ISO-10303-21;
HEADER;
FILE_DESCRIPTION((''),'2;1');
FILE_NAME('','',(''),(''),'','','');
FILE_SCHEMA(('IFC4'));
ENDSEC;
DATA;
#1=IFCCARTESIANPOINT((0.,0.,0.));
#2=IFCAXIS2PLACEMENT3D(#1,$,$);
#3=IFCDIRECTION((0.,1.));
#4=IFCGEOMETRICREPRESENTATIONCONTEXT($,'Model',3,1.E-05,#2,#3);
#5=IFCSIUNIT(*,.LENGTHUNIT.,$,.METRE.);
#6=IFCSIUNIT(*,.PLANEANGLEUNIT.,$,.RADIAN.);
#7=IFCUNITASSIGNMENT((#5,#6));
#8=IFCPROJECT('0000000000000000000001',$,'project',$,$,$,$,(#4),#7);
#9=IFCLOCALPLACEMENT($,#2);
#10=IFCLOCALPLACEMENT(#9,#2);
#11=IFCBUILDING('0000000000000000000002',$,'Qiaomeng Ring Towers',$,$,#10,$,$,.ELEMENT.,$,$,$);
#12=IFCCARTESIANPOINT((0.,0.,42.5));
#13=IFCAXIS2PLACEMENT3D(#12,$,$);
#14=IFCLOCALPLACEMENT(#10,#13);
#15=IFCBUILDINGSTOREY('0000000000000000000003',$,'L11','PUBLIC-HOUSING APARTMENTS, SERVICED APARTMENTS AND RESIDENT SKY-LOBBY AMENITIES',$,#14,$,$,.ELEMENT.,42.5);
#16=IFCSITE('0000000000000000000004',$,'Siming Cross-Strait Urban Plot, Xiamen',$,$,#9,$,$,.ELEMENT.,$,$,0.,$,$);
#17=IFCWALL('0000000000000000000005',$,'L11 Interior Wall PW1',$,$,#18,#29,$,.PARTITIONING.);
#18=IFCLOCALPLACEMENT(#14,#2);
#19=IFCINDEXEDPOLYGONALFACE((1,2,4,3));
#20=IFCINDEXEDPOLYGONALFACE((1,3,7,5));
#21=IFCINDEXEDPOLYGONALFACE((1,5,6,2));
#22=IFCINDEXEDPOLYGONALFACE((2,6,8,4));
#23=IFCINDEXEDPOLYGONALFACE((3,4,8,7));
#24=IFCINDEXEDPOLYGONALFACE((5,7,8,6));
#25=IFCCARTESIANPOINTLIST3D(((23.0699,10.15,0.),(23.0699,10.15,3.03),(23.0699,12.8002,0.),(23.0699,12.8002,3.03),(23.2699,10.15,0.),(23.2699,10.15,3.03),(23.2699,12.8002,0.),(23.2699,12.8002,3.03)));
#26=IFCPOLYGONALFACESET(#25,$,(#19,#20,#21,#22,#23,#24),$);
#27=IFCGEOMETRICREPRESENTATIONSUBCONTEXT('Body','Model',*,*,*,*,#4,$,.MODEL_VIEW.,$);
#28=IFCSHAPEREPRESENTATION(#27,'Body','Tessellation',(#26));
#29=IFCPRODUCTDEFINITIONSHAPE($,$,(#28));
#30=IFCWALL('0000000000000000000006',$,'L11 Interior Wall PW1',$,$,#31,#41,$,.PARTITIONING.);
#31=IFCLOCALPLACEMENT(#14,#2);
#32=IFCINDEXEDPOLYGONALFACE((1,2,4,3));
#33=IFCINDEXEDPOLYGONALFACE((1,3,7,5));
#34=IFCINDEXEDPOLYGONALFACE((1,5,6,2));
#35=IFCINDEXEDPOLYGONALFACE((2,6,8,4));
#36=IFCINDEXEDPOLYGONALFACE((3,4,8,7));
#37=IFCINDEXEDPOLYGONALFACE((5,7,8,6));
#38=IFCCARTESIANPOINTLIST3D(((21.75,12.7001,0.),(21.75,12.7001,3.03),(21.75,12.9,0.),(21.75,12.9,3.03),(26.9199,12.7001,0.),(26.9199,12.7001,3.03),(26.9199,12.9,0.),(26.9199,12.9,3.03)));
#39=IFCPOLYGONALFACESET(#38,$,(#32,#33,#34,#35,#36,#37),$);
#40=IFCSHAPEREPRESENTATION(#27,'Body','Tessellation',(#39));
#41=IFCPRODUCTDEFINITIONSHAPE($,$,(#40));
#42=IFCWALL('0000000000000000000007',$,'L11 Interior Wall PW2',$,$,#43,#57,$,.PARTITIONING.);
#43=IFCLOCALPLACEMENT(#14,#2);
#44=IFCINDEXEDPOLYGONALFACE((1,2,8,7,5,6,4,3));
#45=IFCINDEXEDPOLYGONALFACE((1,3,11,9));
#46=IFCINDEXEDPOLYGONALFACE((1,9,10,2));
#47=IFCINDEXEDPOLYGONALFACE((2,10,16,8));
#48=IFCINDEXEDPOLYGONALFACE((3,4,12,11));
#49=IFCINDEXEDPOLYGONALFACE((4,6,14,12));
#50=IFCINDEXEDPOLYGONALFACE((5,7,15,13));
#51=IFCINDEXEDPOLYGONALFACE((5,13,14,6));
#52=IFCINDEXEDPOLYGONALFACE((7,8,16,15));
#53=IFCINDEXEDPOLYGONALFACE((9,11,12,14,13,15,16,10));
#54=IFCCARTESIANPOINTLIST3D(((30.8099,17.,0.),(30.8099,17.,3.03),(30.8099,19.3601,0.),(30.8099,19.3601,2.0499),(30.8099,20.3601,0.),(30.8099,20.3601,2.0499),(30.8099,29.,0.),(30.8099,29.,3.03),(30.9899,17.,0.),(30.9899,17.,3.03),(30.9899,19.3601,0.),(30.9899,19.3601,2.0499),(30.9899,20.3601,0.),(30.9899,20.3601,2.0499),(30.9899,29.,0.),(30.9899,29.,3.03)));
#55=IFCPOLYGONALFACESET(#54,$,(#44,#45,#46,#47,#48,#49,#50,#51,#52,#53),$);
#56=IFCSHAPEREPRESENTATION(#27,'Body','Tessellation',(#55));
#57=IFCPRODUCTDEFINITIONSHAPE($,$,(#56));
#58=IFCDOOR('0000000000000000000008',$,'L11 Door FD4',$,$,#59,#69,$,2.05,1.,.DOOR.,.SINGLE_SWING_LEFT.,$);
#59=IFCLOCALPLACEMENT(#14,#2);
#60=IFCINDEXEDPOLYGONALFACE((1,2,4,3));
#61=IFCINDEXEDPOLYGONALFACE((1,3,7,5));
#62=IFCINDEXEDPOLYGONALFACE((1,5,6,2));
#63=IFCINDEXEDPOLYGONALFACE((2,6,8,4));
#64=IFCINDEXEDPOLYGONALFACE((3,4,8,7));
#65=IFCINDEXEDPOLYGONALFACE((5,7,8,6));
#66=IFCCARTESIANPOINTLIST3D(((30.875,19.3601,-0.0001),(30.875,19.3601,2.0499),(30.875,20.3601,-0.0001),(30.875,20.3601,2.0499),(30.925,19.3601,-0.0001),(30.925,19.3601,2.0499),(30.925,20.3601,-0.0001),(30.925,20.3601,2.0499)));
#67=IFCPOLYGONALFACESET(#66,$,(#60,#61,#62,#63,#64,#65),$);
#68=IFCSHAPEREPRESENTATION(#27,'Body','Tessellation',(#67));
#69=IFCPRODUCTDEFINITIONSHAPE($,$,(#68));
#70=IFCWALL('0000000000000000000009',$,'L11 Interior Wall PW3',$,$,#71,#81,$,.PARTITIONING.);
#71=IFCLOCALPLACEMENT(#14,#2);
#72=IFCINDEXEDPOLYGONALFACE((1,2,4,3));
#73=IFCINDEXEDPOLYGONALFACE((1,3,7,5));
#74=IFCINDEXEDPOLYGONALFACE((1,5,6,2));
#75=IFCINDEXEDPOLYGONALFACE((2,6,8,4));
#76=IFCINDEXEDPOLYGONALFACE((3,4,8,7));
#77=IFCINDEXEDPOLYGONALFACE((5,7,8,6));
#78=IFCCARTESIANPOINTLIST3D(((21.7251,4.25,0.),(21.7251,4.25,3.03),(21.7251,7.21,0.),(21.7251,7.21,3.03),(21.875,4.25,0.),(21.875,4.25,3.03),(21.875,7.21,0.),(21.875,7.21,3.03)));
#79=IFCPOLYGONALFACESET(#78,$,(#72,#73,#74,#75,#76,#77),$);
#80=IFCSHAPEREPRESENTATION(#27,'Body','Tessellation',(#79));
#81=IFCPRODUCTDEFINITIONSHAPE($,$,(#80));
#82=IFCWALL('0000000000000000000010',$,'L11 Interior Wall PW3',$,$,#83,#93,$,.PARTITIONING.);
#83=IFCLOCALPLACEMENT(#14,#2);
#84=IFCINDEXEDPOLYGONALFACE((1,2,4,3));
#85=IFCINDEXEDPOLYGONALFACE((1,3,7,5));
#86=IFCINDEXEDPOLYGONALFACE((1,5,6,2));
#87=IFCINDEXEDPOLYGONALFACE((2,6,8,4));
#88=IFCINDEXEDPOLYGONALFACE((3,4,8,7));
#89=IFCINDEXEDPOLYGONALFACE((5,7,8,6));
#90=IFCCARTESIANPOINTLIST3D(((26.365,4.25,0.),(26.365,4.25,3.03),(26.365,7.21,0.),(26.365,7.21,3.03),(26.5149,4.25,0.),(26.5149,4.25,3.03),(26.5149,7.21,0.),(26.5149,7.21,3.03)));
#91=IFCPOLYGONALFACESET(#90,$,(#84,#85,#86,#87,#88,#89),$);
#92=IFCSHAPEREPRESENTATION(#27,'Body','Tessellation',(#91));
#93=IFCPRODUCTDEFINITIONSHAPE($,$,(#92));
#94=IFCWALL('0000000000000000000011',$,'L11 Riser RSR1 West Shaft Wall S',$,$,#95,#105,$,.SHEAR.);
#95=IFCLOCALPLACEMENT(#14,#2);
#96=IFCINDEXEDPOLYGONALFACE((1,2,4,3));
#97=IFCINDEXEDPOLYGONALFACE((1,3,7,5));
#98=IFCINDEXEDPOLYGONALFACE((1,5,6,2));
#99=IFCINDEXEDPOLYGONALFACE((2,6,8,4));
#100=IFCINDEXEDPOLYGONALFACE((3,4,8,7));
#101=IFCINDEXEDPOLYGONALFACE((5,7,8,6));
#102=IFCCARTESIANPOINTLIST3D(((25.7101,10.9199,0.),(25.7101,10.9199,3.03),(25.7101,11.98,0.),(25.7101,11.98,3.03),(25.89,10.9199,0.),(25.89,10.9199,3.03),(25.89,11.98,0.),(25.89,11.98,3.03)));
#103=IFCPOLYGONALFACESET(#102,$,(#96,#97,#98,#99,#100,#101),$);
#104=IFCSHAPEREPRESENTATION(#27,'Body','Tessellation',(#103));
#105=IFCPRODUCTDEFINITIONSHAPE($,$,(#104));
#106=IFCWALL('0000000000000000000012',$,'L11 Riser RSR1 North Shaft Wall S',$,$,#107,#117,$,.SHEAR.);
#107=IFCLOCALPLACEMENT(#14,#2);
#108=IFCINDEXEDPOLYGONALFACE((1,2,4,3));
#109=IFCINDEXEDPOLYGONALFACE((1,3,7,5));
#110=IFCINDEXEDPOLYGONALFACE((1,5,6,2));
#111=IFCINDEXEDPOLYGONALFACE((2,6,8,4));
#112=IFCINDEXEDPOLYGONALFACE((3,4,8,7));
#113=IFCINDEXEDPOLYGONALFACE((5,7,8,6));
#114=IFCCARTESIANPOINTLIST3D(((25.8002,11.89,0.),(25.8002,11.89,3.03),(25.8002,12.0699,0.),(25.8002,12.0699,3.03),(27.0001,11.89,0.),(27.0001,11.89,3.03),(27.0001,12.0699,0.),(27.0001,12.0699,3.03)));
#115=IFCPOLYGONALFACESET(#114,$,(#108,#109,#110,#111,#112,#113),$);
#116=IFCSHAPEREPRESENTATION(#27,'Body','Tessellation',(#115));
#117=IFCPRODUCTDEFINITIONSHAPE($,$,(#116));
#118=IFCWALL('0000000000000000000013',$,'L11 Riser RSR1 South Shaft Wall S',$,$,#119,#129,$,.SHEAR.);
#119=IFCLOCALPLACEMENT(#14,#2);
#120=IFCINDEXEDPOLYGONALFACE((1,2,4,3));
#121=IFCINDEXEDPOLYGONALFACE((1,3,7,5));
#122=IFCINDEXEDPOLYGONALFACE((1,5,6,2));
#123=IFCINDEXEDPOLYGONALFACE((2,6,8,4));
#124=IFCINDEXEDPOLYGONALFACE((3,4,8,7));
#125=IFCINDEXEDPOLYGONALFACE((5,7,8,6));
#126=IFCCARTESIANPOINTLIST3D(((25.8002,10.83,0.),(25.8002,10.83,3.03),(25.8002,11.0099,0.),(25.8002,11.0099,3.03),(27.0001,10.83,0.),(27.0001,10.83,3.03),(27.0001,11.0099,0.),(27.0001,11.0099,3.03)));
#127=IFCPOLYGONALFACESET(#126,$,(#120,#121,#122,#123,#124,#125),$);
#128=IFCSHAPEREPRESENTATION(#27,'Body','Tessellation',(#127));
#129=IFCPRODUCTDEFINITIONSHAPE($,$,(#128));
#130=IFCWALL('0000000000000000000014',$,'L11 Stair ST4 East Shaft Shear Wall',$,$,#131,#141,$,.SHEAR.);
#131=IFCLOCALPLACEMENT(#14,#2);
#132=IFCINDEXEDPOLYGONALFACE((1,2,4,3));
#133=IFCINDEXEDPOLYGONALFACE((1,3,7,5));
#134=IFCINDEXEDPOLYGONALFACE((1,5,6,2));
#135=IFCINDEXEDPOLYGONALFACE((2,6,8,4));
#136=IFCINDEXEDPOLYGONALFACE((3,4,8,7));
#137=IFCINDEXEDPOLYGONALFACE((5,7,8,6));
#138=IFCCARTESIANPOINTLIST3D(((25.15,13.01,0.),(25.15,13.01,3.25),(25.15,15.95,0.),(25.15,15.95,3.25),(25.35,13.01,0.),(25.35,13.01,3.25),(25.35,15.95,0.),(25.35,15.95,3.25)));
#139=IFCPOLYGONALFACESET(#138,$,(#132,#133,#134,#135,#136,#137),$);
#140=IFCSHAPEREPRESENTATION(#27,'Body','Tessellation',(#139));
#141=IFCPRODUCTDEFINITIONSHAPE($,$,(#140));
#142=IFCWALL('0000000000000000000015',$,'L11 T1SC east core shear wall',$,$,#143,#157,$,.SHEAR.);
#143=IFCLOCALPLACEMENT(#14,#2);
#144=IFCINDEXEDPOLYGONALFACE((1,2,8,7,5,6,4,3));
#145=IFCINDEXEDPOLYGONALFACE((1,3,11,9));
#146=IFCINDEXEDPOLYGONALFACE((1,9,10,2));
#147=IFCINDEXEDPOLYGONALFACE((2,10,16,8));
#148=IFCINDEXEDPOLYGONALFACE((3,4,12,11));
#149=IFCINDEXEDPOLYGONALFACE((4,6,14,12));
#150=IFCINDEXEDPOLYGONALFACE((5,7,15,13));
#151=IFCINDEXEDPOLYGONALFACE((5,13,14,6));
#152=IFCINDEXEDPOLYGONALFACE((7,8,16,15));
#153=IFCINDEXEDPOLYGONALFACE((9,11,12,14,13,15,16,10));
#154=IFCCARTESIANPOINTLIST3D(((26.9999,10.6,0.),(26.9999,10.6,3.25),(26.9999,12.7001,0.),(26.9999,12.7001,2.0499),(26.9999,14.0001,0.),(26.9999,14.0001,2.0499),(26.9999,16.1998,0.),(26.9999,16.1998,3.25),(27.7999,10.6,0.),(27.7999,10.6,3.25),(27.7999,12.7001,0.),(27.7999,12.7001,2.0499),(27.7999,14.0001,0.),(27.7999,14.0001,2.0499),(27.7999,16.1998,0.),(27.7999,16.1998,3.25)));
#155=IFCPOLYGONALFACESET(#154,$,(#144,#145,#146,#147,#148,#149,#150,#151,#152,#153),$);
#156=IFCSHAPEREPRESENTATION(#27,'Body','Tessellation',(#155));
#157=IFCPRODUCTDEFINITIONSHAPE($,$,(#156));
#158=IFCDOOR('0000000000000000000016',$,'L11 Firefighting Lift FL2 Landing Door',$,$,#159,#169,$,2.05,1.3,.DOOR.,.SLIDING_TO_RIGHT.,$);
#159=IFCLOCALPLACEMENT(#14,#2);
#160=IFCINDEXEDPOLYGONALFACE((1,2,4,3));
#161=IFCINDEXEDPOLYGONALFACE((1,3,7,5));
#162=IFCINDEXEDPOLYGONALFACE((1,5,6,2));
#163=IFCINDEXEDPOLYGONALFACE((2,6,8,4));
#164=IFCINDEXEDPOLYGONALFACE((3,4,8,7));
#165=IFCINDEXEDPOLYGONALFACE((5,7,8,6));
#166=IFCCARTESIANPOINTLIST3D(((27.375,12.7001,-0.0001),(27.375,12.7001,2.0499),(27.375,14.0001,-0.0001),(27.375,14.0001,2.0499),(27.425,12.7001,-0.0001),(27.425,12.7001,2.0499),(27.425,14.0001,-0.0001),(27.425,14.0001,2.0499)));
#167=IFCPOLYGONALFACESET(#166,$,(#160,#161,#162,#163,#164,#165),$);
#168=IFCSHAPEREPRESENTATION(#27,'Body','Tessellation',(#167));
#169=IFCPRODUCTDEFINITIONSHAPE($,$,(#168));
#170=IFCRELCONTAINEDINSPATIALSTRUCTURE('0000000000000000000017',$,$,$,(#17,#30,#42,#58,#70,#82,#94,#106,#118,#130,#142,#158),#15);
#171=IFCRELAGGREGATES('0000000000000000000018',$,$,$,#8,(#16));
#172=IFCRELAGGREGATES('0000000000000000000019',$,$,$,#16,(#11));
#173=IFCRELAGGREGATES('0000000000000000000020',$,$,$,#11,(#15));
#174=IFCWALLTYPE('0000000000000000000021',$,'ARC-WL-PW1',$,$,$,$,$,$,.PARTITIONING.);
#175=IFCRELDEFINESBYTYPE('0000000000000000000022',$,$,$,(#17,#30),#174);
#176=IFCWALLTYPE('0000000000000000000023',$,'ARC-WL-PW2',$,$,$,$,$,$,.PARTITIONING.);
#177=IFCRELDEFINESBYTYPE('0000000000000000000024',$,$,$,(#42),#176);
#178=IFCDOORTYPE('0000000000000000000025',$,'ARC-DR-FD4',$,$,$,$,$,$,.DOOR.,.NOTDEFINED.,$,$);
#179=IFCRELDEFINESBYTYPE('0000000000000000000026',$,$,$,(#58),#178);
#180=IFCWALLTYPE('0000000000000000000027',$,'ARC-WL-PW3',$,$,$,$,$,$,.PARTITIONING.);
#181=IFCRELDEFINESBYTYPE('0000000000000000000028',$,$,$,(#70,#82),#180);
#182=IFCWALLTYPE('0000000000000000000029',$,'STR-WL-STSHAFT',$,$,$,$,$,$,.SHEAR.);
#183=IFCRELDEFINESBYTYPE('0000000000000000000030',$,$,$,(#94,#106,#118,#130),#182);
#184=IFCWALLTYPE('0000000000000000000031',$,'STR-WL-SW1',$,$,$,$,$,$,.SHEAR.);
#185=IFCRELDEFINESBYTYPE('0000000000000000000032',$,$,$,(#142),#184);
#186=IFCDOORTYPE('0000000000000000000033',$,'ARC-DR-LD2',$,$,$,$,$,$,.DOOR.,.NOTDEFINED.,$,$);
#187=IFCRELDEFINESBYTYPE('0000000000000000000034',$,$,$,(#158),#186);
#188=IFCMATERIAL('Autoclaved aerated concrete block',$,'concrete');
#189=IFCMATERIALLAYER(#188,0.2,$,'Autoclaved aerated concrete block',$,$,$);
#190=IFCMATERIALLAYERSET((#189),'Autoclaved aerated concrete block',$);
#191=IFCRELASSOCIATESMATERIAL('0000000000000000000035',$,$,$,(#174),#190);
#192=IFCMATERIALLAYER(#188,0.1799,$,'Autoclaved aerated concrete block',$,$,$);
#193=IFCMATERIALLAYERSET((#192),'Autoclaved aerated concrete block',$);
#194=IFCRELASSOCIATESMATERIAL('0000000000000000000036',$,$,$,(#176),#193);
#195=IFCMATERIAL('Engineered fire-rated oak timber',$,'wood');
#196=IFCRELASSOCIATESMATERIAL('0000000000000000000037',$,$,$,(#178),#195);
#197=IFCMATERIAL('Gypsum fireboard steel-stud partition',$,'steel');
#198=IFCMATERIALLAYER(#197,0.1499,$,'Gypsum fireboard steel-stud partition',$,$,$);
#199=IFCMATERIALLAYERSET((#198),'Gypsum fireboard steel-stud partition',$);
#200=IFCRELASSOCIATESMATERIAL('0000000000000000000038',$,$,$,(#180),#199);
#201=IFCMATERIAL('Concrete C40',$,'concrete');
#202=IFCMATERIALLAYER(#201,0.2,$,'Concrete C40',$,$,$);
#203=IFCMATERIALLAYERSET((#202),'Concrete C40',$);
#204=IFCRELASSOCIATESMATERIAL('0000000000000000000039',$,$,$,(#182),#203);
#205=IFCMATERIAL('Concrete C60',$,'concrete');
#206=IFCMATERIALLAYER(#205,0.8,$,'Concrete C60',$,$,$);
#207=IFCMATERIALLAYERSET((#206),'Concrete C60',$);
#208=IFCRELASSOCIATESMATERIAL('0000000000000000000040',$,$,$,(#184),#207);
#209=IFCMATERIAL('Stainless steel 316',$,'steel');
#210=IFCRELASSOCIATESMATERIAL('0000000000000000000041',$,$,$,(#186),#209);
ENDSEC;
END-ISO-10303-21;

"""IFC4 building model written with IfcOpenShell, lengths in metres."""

from ifc_helpers import new_model, si_unit, direction, frame, frame_2d, origin, place, context, subcontext, project, spatial, rectangle, extrude, source, transform, mapped, material, layer, layer_set, type_object, element, fill, save


model = new_model("IFC4")

# Units and contexts
model_context = context("Model", 3, precision=1e-05, world=origin(), true_north=direction((0.0, 1.0)))
body_context = subcontext(model_context, "Body", "Model", "MODEL_VIEW")
ifc_project = project(units=[si_unit("LENGTHUNIT", "METRE"), si_unit("PLANEANGLEUNIT", "RADIAN")], contexts=[model_context])

# Site, building, storey
site_placement = place(None, origin())
site = spatial("IfcSite", under=ifc_project, at=site_placement, Name="Siming Cross-Strait Urban Plot, Xiamen", CompositionType="ELEMENT", RefElevation=0.0)
building_placement = place(site_placement, origin())
building = spatial("IfcBuilding", under=site, at=building_placement, Name="Qiaomeng Ring Towers", CompositionType="ELEMENT")
storey_placement = place(building_placement, frame((0.0, 0.0, 42.5)))
storey = spatial("IfcBuildingStorey", under=building, at=storey_placement, Name="L11", Description="PUBLIC-HOUSING APARTMENTS, SERVICED APARTMENTS AND RESIDENT SKY-LOBBY AMENITIES", CompositionType="ELEMENT", Elevation=42.5)

# Shared definitions
ifc_material_1 = material(Name="Autoclaved aerated concrete block", Category="concrete")
ifc_layer_1 = layer(ifc_material_1, 0.2, Name="Autoclaved aerated concrete block")
ifc_layer_set_1 = layer_set([ifc_layer_1], Name="Autoclaved aerated concrete block")
wall_type_1 = type_object("IfcWallType", Name="ARC-WL-PW1", PredefinedType="PARTITIONING", material=ifc_layer_set_1)

# Walls
wall_1_placement = place(storey_placement, frame((23.1699, 10.1499, 0.0), z_axis=(0.0, 0.0, 1.0), x_axis=(0.0, 1.0, 0.0)))
element("IfcWall", 1, at=wall_1_placement, inside=storey, type_object=wall_type_1, Name="L11 Interior Wall PW1", PredefinedType="PARTITIONING", context=body_context, shape_type="SweptSolid", body=[
    extrude(rectangle(XDim=2.6501, YDim=0.2, at=frame_2d((1.3252, 0.0))), origin(), (0.0, 0.0, 1.0), 3.03),
])
wall_2_placement = place(storey_placement, frame((21.75, 12.8, 0.0), z_axis=(0.0, 0.0, 1.0), x_axis=(1.0, 0.0, 0.0)))
element("IfcWall", 2, at=wall_2_placement, inside=storey, type_object=wall_type_1, Name="L11 Interior Wall PW1", PredefinedType="PARTITIONING", context=body_context, shape_type="SweptSolid", body=[
    extrude(rectangle(XDim=5.1699, YDim=0.2, at=frame_2d((2.585, 0.0))), origin(), (0.0, 0.0, 1.0), 3.03),
])

# Wall, opening, door
ifc_layer_2 = layer(ifc_material_1, 0.1799, Name="Autoclaved aerated concrete block")
ifc_layer_set_2 = layer_set([ifc_layer_2], Name="Autoclaved aerated concrete block")
wall_type_2 = type_object("IfcWallType", Name="ARC-WL-PW2", PredefinedType="PARTITIONING", material=ifc_layer_set_2)
wall_3_placement = place(storey_placement, frame((30.8999, 17.0, 0.0), z_axis=(0.0, 0.0, 1.0), x_axis=(0.0, 1.0, 0.0)))
wall_3 = element("IfcWall", 3, at=wall_3_placement, inside=storey, type_object=wall_type_2, Name="L11 Interior Wall PW2", PredefinedType="PARTITIONING", context=body_context, shape_type="SweptSolid", body=[
    extrude(rectangle(XDim=12.0, YDim=0.1799, at=frame_2d((6.0, 0.0))), origin(), (0.0, 0.0, 1.0), 3.03),
])
opening_1_placement = place(wall_3_placement, frame((2.3601, 0.0, 0.0)))
opening_1 = element("IfcOpeningElement", 4, at=opening_1_placement, cuts=wall_3, PredefinedType="OPENING", context=body_context, shape_type="SweptSolid", body=[
    extrude(rectangle(XDim=1.0, YDim=2.05, at=frame_2d((0.5, 1.0249))), frame((0.0, 0.0999, 0.0), z_axis=(0.0, -1.0, 0.0), x_axis=(1.0, 0.0, 0.0)), (0.0, 0.0, 1.0), 0.2),
])
ifc_material_2 = material(Name="Engineered fire-rated oak timber", Category="wood")
door_type_1 = type_object("IfcDoorType", Name="ARC-DR-FD4", OperationType="NOTDEFINED", PredefinedType="DOOR", material=ifc_material_2)
shared_shape_1 = source(origin(), body_context, "Body", "SweptSolid", [
    extrude(rectangle(XDim=1.0, YDim=2.05, at=frame_2d((0.5, 1.0249))), frame((0.0, 0.0249, 0.0), z_axis=(0.0, -1.0, 0.0), x_axis=(1.0, 0.0, 0.0)), (0.0, 0.0, 1.0), 0.05),
])
door_1_placement = place(opening_1_placement, origin())
door_1 = element("IfcDoor", 5, at=door_1_placement, inside=storey, type_object=door_type_1, Name="L11 Door FD4", OperationType="SINGLE_SWING_LEFT", OverallHeight=2.05, OverallWidth=1.0, PredefinedType="DOOR", context=body_context, shape_type="MappedRepresentation", body=[
    mapped(shared_shape_1, transform((0.0, 0.0, 0.0), x_axis=(1.0, 0.0, 0.0), y_axis=(0.0, 1.0, 0.0), z_axis=(0.0, 0.0, 1.0), scale=1.0)),
])
fill(opening_1, door_1)

# Walls
ifc_material_3 = material(Name="Gypsum fireboard steel-stud partition", Category="steel")
ifc_layer_3 = layer(ifc_material_3, 0.1499, Name="Gypsum fireboard steel-stud partition")
ifc_layer_set_3 = layer_set([ifc_layer_3], Name="Gypsum fireboard steel-stud partition")
wall_type_3 = type_object("IfcWallType", Name="ARC-WL-PW3", PredefinedType="PARTITIONING", material=ifc_layer_set_3)
for number, where, z_axis, x_axis, name in (
    (6, (21.8, 4.25, 0.0), (0.0, 0.0, 1.0), (0.0, 1.0, 0.0), "L11 Interior Wall PW3"),
    (7, (26.4399, 4.25, 0.0), (0.0, 0.0, 1.0), (0.0, 1.0, 0.0), "L11 Interior Wall PW3"),
):
    element("IfcWall", number, at=place(storey_placement, frame(where, z_axis=z_axis, x_axis=x_axis)), inside=storey, type_object=wall_type_3, Name=name, PredefinedType="PARTITIONING", context=body_context, shape_type="SweptSolid", body=[
        extrude(rectangle(XDim=2.96, YDim=0.1499, at=frame_2d((1.48, 0.0))), origin(), (0.0, 0.0, 1.0), 3.03),
    ])
ifc_material_4 = material(Name="Concrete C40", Category="concrete")
ifc_layer_4 = layer(ifc_material_4, 0.2, Name="Concrete C40")
ifc_layer_set_4 = layer_set([ifc_layer_4], Name="Concrete C40")
wall_type_4 = type_object("IfcWallType", Name="STR-WL-STSHAFT", PredefinedType="SHEAR", material=ifc_layer_set_4)
wall_4_placement = place(storey_placement, frame((25.8, 10.9199, 0.0), z_axis=(0.0, 0.0, 1.0), x_axis=(0.0, 1.0, 0.0)))
element("IfcWall", 8, at=wall_4_placement, inside=storey, type_object=wall_type_4, Name="L11 Riser RSR1 West Shaft Wall S", PredefinedType="SHEAR", context=body_context, shape_type="SweptSolid", body=[
    extrude(rectangle(XDim=1.0601, YDim=0.1799, at=frame_2d((0.53, 0.0))), origin(), (0.0, 0.0, 1.0), 3.03),
])
for number, where, z_axis, x_axis, name in (
    (9, (25.8, 11.98, 0.0), (0.0, 0.0, 1.0), (1.0, 0.0, 0.0), "L11 Riser RSR1 North Shaft Wall S"),
    (10, (25.8, 10.9199, 0.0), (0.0, 0.0, 1.0), (1.0, 0.0, 0.0), "L11 Riser RSR1 South Shaft Wall S"),
):
    element("IfcWall", number, at=place(storey_placement, frame(where, z_axis=z_axis, x_axis=x_axis)), inside=storey, type_object=wall_type_4, Name=name, PredefinedType="SHEAR", context=body_context, shape_type="SweptSolid", body=[
        extrude(rectangle(XDim=1.2, YDim=0.1799, at=frame_2d((0.6001, 0.0))), origin(), (0.0, 0.0, 1.0), 3.03),
    ])
wall_5_placement = place(storey_placement, frame((25.25, 13.01, 0.0), z_axis=(0.0, 0.0, 1.0), x_axis=(0.0, 1.0, 0.0)))
element("IfcWall", 11, at=wall_5_placement, inside=storey, type_object=wall_type_4, Name="L11 Stair ST4 East Shaft Shear Wall", PredefinedType="SHEAR", context=body_context, shape_type="SweptSolid", body=[
    extrude(rectangle(XDim=2.9399, YDim=0.2, at=frame_2d((1.47, 0.0))), origin(), (0.0, 0.0, 1.0), 3.25),
])

# Wall, opening, door
ifc_material_5 = material(Name="Concrete C60", Category="concrete")
ifc_layer_5 = layer(ifc_material_5, 0.8, Name="Concrete C60")
ifc_layer_set_5 = layer_set([ifc_layer_5], Name="Concrete C60")
wall_type_5 = type_object("IfcWallType", Name="STR-WL-SW1", PredefinedType="SHEAR", material=ifc_layer_set_5)
wall_6_placement = place(storey_placement, frame((27.3999, 10.6001, 0.0), z_axis=(0.0, 0.0, 1.0), x_axis=(0.0, 1.0, 0.0)))
wall_6 = element("IfcWall", 12, at=wall_6_placement, inside=storey, type_object=wall_type_5, Name="L11 T1SC east core shear wall", PredefinedType="SHEAR", context=body_context, shape_type="SweptSolid", body=[
    extrude(rectangle(XDim=5.5999, YDim=0.8, at=frame_2d((2.7998, 0.0))), origin(), (0.0, 0.0, 1.0), 3.25),
])
opening_2_placement = place(wall_6_placement, frame((2.1001, 0.0, 0.0)))
opening_2 = element("IfcOpeningElement", 13, at=opening_2_placement, cuts=wall_6, PredefinedType="OPENING", context=body_context, shape_type="SweptSolid", body=[
    extrude(rectangle(XDim=1.3, YDim=2.05, at=frame_2d((0.6499, 1.0249))), frame((0.0, 0.4099, 0.0), z_axis=(0.0, -1.0, 0.0), x_axis=(1.0, 0.0, 0.0)), (0.0, 0.0, 1.0), 0.8201),
])
ifc_material_6 = material(Name="Stainless steel 316", Category="steel")
door_type_2 = type_object("IfcDoorType", Name="ARC-DR-LD2", OperationType="NOTDEFINED", PredefinedType="DOOR", material=ifc_material_6)
shared_shape_2 = source(origin(), body_context, "Body", "SweptSolid", [
    extrude(rectangle(XDim=1.3, YDim=2.05, at=frame_2d((0.6499, 1.0249))), frame((0.0, 0.0249, 0.0), z_axis=(0.0, -1.0, 0.0), x_axis=(1.0, 0.0, 0.0)), (0.0, 0.0, 1.0), 0.05),
])
door_2_placement = place(opening_2_placement, origin())
door_2 = element("IfcDoor", 14, at=door_2_placement, inside=storey, type_object=door_type_2, Name="L11 Firefighting Lift FL2 Landing Door", OperationType="SLIDING_TO_RIGHT", OverallHeight=2.05, OverallWidth=1.3, PredefinedType="DOOR", context=body_context, shape_type="MappedRepresentation", body=[
    mapped(shared_shape_2, transform((0.0, 0.0, 0.0), x_axis=(1.0, 0.0, 0.0), y_axis=(0.0, 1.0, 0.0), z_axis=(0.0, 0.0, 1.0), scale=1.0)),
])
fill(opening_2, door_2)

save(model, "model.ifc")
